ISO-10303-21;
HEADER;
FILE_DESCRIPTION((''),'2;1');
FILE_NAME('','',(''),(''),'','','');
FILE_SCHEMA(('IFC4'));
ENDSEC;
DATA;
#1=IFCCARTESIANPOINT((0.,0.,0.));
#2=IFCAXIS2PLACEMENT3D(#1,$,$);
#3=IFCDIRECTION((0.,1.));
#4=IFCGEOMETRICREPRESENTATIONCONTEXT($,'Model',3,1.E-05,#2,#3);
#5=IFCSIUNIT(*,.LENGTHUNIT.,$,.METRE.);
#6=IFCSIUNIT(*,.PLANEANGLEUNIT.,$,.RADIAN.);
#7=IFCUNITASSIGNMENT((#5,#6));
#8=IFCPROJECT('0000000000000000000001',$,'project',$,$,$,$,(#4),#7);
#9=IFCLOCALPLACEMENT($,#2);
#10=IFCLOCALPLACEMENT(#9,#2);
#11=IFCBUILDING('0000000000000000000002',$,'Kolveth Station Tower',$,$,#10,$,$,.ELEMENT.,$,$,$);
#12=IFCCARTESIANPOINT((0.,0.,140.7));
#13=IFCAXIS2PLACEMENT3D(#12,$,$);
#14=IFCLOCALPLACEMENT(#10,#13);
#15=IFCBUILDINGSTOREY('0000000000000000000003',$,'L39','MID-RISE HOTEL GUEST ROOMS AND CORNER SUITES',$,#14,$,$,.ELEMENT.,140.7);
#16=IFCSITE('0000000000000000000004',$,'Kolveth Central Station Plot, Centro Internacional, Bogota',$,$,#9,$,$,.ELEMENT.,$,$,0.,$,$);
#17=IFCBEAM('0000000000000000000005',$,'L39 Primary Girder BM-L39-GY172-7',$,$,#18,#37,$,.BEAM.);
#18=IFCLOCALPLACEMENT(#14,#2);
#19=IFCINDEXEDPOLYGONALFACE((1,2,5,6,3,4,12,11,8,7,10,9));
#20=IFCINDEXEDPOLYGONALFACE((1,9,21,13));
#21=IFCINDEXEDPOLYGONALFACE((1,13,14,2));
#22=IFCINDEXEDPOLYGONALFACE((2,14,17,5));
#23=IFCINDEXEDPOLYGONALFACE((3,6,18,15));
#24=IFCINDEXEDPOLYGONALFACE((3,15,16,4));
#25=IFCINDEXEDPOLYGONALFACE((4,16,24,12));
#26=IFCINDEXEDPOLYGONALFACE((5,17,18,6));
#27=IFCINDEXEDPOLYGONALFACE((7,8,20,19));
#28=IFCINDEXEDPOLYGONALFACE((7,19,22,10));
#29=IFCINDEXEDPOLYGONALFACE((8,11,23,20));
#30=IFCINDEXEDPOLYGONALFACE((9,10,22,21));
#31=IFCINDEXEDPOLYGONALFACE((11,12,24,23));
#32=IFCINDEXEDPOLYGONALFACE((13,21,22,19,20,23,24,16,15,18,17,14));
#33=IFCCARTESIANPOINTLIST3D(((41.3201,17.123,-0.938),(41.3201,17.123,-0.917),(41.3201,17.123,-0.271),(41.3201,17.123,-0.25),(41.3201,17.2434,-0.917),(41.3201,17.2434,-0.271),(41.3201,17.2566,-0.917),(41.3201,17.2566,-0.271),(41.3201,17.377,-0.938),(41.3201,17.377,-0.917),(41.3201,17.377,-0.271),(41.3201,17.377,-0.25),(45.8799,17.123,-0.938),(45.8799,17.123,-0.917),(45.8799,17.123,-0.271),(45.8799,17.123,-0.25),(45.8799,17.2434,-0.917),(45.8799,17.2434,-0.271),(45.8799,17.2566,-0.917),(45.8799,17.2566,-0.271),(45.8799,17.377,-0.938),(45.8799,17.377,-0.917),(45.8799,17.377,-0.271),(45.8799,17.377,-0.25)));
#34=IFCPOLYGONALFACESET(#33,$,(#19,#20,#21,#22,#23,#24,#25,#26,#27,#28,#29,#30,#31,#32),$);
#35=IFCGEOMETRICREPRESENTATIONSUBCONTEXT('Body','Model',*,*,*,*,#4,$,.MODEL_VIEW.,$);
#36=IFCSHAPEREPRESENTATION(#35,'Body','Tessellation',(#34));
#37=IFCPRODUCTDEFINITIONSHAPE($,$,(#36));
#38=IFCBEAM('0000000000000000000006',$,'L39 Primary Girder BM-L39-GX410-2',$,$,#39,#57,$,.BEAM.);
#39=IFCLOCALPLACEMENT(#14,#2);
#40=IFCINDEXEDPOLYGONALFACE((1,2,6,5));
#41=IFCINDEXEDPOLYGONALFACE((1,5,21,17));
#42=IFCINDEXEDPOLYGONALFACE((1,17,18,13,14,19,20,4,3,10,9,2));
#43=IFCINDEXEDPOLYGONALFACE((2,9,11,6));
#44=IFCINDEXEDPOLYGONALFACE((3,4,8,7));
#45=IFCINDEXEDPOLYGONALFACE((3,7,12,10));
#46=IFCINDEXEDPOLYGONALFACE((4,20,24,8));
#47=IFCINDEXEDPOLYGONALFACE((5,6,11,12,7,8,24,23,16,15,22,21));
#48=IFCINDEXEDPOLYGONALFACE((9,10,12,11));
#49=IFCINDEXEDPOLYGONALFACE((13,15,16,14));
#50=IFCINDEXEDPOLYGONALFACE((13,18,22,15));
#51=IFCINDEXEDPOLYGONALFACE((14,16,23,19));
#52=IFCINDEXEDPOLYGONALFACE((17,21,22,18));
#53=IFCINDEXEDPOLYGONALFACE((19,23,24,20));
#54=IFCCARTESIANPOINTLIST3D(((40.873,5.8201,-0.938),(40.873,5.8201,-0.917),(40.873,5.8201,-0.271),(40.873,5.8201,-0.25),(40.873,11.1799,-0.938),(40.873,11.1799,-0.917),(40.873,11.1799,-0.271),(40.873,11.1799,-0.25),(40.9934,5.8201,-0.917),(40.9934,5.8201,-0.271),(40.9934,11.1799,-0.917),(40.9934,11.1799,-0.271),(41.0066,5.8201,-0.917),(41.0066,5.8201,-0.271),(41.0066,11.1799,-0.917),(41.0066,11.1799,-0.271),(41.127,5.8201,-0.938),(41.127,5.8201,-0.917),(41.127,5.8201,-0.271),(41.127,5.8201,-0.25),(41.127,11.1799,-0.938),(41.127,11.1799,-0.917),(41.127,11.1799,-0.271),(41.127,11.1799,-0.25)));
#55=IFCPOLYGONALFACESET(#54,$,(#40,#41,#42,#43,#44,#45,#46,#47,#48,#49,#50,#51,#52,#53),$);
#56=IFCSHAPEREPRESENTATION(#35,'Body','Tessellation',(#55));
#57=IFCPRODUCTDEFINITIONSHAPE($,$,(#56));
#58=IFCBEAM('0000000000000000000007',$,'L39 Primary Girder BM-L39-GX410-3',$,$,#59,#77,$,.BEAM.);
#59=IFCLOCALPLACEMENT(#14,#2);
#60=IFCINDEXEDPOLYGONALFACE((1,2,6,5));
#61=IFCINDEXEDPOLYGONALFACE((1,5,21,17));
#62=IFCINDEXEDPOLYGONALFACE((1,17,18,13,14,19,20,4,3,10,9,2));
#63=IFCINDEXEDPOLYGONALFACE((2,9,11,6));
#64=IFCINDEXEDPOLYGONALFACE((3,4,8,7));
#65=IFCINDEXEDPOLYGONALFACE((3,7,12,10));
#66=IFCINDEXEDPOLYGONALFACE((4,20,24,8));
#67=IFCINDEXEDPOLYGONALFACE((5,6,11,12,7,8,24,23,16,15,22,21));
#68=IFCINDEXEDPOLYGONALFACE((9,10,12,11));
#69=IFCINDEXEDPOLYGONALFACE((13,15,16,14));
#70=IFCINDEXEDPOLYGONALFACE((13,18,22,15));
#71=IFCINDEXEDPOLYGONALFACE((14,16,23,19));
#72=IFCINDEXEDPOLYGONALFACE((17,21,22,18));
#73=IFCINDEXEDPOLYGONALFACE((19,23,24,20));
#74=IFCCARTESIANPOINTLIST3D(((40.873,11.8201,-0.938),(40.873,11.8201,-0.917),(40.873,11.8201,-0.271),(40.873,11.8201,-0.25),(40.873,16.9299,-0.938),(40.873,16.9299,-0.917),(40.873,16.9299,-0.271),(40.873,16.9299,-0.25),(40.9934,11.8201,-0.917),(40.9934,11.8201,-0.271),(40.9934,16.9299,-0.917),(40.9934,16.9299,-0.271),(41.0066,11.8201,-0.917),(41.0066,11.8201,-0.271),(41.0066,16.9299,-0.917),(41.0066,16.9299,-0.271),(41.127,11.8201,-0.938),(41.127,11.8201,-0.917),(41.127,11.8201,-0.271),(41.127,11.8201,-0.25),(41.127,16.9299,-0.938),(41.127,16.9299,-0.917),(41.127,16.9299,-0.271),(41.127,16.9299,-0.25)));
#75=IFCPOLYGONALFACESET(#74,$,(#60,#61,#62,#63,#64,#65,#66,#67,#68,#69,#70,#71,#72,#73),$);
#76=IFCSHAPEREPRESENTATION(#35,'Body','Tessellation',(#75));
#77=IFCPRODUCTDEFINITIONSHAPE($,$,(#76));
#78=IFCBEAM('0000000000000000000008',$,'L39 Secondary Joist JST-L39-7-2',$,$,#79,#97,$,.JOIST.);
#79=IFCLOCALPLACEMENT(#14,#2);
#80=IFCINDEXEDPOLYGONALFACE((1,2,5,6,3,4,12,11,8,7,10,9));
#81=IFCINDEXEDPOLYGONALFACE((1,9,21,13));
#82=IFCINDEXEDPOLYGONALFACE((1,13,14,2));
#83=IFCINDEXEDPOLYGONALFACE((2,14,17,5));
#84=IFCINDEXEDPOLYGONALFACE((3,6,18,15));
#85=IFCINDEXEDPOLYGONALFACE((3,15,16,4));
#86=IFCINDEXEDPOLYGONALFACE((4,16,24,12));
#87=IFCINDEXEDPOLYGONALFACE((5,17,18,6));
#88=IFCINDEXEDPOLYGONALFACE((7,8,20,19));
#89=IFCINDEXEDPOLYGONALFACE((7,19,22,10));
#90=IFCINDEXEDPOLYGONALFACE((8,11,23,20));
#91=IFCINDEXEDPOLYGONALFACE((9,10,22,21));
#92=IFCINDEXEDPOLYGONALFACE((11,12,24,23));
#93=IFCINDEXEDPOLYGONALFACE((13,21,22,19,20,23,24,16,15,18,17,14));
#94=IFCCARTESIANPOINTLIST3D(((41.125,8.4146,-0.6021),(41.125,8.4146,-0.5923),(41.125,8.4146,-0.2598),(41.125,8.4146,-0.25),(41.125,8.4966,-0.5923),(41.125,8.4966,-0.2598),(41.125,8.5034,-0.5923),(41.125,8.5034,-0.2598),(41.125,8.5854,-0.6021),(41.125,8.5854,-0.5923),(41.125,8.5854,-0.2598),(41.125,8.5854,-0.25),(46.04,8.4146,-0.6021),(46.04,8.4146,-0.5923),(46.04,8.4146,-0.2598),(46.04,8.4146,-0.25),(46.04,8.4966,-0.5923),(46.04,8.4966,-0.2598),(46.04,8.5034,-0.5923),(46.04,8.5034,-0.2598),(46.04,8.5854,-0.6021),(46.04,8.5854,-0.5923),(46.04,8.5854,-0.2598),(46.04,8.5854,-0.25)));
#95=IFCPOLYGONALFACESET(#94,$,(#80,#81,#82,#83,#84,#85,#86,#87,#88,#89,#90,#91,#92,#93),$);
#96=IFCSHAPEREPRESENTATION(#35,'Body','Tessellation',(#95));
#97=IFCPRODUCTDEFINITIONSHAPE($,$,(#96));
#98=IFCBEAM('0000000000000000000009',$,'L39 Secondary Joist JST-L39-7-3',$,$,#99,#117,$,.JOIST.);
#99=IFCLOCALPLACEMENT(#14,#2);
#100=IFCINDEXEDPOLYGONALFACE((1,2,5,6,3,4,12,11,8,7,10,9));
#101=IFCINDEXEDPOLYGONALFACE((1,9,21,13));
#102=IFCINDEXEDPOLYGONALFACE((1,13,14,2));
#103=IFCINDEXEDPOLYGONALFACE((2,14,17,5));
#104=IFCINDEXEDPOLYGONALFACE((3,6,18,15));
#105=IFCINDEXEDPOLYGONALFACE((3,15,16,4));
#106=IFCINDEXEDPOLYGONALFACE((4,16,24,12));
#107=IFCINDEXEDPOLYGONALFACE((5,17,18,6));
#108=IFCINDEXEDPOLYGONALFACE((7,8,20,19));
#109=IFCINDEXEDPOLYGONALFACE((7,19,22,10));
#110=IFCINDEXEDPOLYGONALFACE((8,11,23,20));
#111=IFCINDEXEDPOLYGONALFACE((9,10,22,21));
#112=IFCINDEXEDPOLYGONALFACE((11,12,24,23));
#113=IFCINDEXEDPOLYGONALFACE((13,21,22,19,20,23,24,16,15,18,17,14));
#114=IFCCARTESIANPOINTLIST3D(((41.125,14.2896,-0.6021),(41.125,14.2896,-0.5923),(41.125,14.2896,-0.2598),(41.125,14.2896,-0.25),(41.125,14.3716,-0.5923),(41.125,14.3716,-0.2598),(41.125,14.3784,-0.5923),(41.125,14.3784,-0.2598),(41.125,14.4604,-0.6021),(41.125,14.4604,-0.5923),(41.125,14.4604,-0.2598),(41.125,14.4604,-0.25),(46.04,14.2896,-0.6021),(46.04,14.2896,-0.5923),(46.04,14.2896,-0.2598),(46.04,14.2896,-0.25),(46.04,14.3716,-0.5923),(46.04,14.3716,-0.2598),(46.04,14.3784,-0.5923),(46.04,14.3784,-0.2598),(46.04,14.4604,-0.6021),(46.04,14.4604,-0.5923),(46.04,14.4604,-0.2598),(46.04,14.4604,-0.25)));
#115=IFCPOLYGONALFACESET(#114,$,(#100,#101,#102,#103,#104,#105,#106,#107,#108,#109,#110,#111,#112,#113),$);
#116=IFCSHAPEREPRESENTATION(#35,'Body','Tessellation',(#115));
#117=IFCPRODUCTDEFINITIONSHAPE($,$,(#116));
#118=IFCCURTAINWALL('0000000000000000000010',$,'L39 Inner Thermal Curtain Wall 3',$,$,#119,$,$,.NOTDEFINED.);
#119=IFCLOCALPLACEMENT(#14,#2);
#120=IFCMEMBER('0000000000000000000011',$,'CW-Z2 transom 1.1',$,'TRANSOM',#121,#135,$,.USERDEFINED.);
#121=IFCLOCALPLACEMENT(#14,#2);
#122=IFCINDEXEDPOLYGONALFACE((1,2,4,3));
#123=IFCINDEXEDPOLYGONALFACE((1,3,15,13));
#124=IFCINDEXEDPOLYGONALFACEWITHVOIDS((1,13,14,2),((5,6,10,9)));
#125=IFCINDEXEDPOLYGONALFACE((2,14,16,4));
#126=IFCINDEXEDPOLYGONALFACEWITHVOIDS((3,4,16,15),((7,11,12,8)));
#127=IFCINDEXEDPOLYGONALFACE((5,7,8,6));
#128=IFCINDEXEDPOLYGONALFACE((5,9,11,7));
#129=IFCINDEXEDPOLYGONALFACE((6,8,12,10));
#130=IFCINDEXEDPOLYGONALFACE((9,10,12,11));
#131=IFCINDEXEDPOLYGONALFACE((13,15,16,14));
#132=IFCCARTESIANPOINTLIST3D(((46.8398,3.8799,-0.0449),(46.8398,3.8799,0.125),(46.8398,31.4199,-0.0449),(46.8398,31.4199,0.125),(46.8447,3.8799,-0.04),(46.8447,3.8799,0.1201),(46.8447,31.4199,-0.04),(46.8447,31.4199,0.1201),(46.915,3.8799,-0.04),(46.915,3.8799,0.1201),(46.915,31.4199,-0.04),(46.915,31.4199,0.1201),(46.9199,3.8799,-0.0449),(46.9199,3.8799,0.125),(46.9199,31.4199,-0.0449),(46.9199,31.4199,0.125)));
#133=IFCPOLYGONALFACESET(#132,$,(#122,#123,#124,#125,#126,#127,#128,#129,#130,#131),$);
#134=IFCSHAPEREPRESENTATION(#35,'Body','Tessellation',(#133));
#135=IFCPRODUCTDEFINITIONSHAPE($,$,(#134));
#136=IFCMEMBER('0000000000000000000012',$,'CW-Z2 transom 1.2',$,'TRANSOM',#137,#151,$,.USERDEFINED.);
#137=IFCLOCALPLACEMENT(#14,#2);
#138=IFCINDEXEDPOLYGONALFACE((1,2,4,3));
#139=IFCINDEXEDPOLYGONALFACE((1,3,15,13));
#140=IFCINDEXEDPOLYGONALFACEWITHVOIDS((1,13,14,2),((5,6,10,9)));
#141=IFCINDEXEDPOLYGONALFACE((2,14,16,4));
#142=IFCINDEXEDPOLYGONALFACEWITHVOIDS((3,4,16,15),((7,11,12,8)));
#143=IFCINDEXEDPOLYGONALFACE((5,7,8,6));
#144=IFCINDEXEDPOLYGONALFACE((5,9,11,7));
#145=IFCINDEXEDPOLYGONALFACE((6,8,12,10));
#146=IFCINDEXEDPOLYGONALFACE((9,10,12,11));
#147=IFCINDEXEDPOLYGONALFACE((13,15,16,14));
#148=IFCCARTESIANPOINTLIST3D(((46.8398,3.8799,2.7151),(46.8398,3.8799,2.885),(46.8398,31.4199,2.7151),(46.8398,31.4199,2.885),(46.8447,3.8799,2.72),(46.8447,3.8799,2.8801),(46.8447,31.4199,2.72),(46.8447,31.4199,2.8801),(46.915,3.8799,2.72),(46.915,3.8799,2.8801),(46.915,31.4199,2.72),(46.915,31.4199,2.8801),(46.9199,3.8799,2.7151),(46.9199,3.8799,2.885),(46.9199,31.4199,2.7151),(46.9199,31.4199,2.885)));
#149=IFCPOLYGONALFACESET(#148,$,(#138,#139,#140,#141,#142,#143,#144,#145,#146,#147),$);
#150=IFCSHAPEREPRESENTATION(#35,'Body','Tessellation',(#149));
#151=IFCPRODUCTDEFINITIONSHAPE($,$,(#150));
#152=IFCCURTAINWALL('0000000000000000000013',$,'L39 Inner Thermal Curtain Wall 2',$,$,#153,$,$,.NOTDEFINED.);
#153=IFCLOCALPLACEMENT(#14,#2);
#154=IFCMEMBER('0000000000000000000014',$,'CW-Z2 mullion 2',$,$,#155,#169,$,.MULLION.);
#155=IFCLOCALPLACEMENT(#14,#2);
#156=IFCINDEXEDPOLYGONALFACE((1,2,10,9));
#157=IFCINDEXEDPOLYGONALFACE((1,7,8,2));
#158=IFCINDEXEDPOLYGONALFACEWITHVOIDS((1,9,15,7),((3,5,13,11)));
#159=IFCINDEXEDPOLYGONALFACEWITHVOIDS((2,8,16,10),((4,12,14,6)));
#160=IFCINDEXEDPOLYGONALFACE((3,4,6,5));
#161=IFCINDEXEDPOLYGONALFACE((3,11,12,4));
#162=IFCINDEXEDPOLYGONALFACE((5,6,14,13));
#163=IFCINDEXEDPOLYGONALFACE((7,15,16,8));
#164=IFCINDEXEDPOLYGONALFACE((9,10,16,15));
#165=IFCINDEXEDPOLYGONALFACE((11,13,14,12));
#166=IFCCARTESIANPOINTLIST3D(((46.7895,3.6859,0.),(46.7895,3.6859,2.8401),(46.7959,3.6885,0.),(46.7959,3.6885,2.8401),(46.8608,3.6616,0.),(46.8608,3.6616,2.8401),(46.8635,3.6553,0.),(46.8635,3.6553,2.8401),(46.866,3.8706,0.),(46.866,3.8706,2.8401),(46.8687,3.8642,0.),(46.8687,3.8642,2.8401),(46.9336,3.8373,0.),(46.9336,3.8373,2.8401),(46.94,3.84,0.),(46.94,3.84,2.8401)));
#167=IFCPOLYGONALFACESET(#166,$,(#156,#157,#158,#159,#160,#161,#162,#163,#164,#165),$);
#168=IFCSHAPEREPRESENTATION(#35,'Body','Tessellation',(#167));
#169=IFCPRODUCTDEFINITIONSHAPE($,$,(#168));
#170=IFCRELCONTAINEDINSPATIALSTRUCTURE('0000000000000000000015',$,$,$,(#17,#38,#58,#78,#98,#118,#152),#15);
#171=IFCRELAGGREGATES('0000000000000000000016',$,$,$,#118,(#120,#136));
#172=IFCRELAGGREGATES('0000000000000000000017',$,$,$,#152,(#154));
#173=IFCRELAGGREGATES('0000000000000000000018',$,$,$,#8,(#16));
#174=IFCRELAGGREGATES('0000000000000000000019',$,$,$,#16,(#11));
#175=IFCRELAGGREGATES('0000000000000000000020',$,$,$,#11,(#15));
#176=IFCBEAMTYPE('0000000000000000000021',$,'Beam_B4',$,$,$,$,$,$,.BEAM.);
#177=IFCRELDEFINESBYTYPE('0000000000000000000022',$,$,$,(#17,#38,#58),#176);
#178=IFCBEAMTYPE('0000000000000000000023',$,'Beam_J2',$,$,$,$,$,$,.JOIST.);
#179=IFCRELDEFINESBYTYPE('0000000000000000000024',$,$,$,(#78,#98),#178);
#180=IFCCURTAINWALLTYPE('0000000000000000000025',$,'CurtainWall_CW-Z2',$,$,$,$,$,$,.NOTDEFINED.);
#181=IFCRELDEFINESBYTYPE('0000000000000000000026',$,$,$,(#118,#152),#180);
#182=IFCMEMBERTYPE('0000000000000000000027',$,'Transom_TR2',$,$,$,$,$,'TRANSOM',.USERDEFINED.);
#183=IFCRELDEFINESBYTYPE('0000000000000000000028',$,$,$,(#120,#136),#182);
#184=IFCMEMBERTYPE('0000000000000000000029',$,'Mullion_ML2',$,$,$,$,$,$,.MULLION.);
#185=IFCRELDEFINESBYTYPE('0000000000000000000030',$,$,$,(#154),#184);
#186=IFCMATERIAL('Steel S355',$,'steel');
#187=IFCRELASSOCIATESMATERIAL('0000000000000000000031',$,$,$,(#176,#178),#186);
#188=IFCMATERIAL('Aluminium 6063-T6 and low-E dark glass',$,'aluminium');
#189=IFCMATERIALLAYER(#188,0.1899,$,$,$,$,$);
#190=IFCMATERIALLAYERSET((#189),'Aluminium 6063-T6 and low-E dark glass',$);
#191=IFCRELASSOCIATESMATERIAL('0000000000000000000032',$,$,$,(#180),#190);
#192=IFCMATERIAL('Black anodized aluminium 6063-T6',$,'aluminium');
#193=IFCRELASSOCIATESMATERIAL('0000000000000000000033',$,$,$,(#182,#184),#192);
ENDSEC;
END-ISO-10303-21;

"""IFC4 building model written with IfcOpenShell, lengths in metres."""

from ifc_helpers import new_model, si_unit, direction, frame, origin, origin_2d, place, context, subcontext, project, spatial, hollow_rectangle, i_section, extrude, source, transform, mapped, material, layer, layer_set, material_profile, profile_set, type_object, element, aggregate, save


model = new_model("IFC4")

# Units and contexts
model_context = context("Model", 3, precision=1e-05, world=origin(), true_north=direction((0.0, 1.0)))
body_context = subcontext(model_context, "Body", "Model", "MODEL_VIEW")
ifc_project = project(units=[si_unit("LENGTHUNIT", "METRE"), si_unit("PLANEANGLEUNIT", "RADIAN")], contexts=[model_context])

# Site, building, storey
site_placement = place(None, origin())
site = spatial("IfcSite", under=ifc_project, at=site_placement, Name="Kolveth Central Station Plot, Centro Internacional, Bogota", CompositionType="ELEMENT", RefElevation=0.0)
building_placement = place(site_placement, origin())
building = spatial("IfcBuilding", under=site, at=building_placement, Name="Kolveth Station Tower", CompositionType="ELEMENT")
storey_placement = place(building_placement, frame((0.0, 0.0, 140.7)))
storey = spatial("IfcBuildingStorey", under=building, at=storey_placement, Name="L39", Description="MID-RISE HOTEL GUEST ROOMS AND CORNER SUITES", CompositionType="ELEMENT", Elevation=140.7)

# Beams
ifc_material_1 = material(Name="Steel S355", Category="steel")
ifc_material_profile_1 = material_profile(ifc_material_1, i_section(OverallWidth=0.2539, OverallDepth=0.688, WebThickness=0.0132, FlangeThickness=0.021, at=origin_2d()), Name="W690x152")
ifc_profile_set_1 = profile_set([ifc_material_profile_1], Name="Steel S355")
beam_type_1 = type_object("IfcBeamType", Name="Beam_B4", PredefinedType="BEAM", material=ifc_profile_set_1)
shared_shape_1 = source(origin(), body_context, "Body", "SweptSolid", [
    extrude(i_section(OverallWidth=0.2539, OverallDepth=0.688, WebThickness=0.0132, FlangeThickness=0.021, at=origin_2d()), origin(), (0.0, 0.0, 1.0), 4.5598),
])
for number, where, z_axis, x_axis, name in (
    (1, (41.3201, 17.25, -0.594), (1.0, 0.0, 0.0), (0.0, 1.0, 0.0), "L39 Primary Girder BM-L39-GY172-7"),
):
    element("IfcBeam", number, at=place(storey_placement, frame(where, z_axis=z_axis, x_axis=x_axis)), inside=storey, type_object=beam_type_1, Name=name, PredefinedType="BEAM", context=body_context, shape_type="MappedRepresentation", body=[
        mapped(shared_shape_1, transform((0.0, 0.0, 0.0), x_axis=(1.0, 0.0, 0.0), y_axis=(0.0, 1.0, 0.0), z_axis=(0.0, 0.0, 1.0), scale=1.0)),
    ])
shared_shape_2 = source(origin(), body_context, "Body", "SweptSolid", [
    extrude(i_section(OverallWidth=0.2539, OverallDepth=0.688, WebThickness=0.0132, FlangeThickness=0.021, at=origin_2d()), origin(), (0.0, 0.0, 1.0), 5.3599),
])
beam_1_placement = place(storey_placement, frame((41.0, 5.8201, -0.594), z_axis=(0.0, 1.0, 0.0), x_axis=(-1.0, 0.0, 0.0)))
element("IfcBeam", 2, at=beam_1_placement, inside=storey, type_object=beam_type_1, Name="L39 Primary Girder BM-L39-GX410-2", PredefinedType="BEAM", context=body_context, shape_type="MappedRepresentation", body=[
    mapped(shared_shape_2, transform((0.0, 0.0, 0.0), x_axis=(1.0, 0.0, 0.0), y_axis=(0.0, 1.0, 0.0), z_axis=(0.0, 0.0, 1.0), scale=1.0)),
])
shared_shape_3 = source(origin(), body_context, "Body", "SweptSolid", [
    extrude(i_section(OverallWidth=0.2539, OverallDepth=0.688, WebThickness=0.0132, FlangeThickness=0.021, at=origin_2d()), origin(), (0.0, 0.0, 1.0), 5.1099),
])
beam_2_placement = place(storey_placement, frame((41.0, 11.8201, -0.594), z_axis=(0.0, 1.0, 0.0), x_axis=(-1.0, 0.0, 0.0)))
element("IfcBeam", 3, at=beam_2_placement, inside=storey, type_object=beam_type_1, Name="L39 Primary Girder BM-L39-GX410-3", PredefinedType="BEAM", context=body_context, shape_type="MappedRepresentation", body=[
    mapped(shared_shape_3, transform((0.0, 0.0, 0.0), x_axis=(1.0, 0.0, 0.0), y_axis=(0.0, 1.0, 0.0), z_axis=(0.0, 0.0, 1.0), scale=1.0)),
])
ifc_material_profile_2 = material_profile(ifc_material_1, i_section(OverallWidth=0.1709, OverallDepth=0.3521, WebThickness=0.0068, FlangeThickness=0.0098, at=origin_2d()), Name="W360x44")
ifc_profile_set_2 = profile_set([ifc_material_profile_2], Name="Steel S355")
beam_type_2 = type_object("IfcBeamType", Name="Beam_J2", PredefinedType="JOIST", material=ifc_profile_set_2)
shared_shape_4 = source(origin(), body_context, "Body", "SweptSolid", [
    extrude(i_section(OverallWidth=0.1709, OverallDepth=0.3521, WebThickness=0.0068, FlangeThickness=0.0098, at=origin_2d()), origin(), (0.0, 0.0, 1.0), 4.915),
])
for number, where, z_axis, x_axis, name in (
    (4, (41.125, 8.5, -0.426), (1.0, 0.0, 0.0), (0.0, 1.0, 0.0), "L39 Secondary Joist JST-L39-7-2"),
    (5, (41.125, 14.375, -0.426), (1.0, 0.0, 0.0), (0.0, 1.0, 0.0), "L39 Secondary Joist JST-L39-7-3"),
):
    element("IfcBeam", number, at=place(storey_placement, frame(where, z_axis=z_axis, x_axis=x_axis)), inside=storey, type_object=beam_type_2, Name=name, PredefinedType="JOIST", context=body_context, shape_type="MappedRepresentation", body=[
        mapped(shared_shape_4, transform((0.0, 0.0, 0.0), x_axis=(1.0, 0.0, 0.0), y_axis=(0.0, 1.0, 0.0), z_axis=(0.0, 0.0, 1.0), scale=1.0)),
    ])

# Curtain wall, members
ifc_material_2 = material(Name="Aluminium 6063-T6 and low-E dark glass", Category="aluminium")
ifc_layer_1 = layer(ifc_material_2, 0.1899)
ifc_layer_set_1 = layer_set([ifc_layer_1], Name="Aluminium 6063-T6 and low-E dark glass")
curtain_wall_type_1 = type_object("IfcCurtainWallType", Name="CurtainWall_CW-Z2", PredefinedType="NOTDEFINED", material=ifc_layer_set_1)
curtain_wall_1_placement = place(storey_placement, origin())
curtain_wall_1 = element("IfcCurtainWall", 6, at=curtain_wall_1_placement, inside=storey, type_object=curtain_wall_type_1, Name="L39 Inner Thermal Curtain Wall 3", PredefinedType="NOTDEFINED")
ifc_material_3 = material(Name="Black anodized aluminium 6063-T6", Category="aluminium")
ifc_material_profile_3 = material_profile(ifc_material_3, hollow_rectangle(XDim=0.0801, YDim=0.1699, WallThickness=0.0049, at=origin_2d()), Name="ALU-80x170x5")
ifc_profile_set_3 = profile_set([ifc_material_profile_3], Name="Black anodized aluminium 6063-T6")
member_type_1 = type_object("IfcMemberType", Name="Transom_TR2", ElementType="TRANSOM", PredefinedType="USERDEFINED", material=ifc_profile_set_3)
shared_shape_5 = source(origin(), body_context, "Body", "SweptSolid", [
    extrude(hollow_rectangle(XDim=0.0801, YDim=0.1699, WallThickness=0.0049, at=origin_2d()), origin(), (0.0, 0.0, 1.0), 27.54),
])
member_1_placement = place(storey_placement, frame((46.8799, 3.8799, 0.04), z_axis=(0.0, 1.0, 0.0), x_axis=(-1.0, 0.0, 0.0)))
member_1 = element("IfcMember", 7, at=member_1_placement, type_object=member_type_1, Name="CW-Z2 transom 1.1", ObjectType="TRANSOM", PredefinedType="USERDEFINED", context=body_context, shape_type="MappedRepresentation", body=[
    mapped(shared_shape_5, transform((0.0, 0.0, 0.0), x_axis=(1.0, 0.0, 0.0), y_axis=(0.0, 1.0, 0.0), z_axis=(0.0, 0.0, 1.0), scale=1.0)),
])
member_2_placement = place(storey_placement, frame((46.8799, 3.8799, 2.8), z_axis=(0.0, 1.0, 0.0), x_axis=(-1.0, 0.0, 0.0)))
member_2 = element("IfcMember", 8, at=member_2_placement, type_object=member_type_1, Name="CW-Z2 transom 1.2", ObjectType="TRANSOM", PredefinedType="USERDEFINED", context=body_context, shape_type="MappedRepresentation", body=[
    mapped(shared_shape_5, transform((0.0, 0.0, 0.0), x_axis=(1.0, 0.0, 0.0), y_axis=(0.0, 1.0, 0.0), z_axis=(0.0, 0.0, 1.0), scale=1.0)),
])

# Curtain wall, member
curtain_wall_2_placement = place(storey_placement, origin())
curtain_wall_2 = element("IfcCurtainWall", 9, at=curtain_wall_2_placement, inside=storey, type_object=curtain_wall_type_1, Name="L39 Inner Thermal Curtain Wall 2", PredefinedType="NOTDEFINED")
ifc_material_profile_4 = material_profile(ifc_material_3, hollow_rectangle(XDim=0.0801, YDim=0.2, WallThickness=0.0049, at=origin_2d()), Name="ALU-80x200x5")
ifc_profile_set_4 = profile_set([ifc_material_profile_4], Name="Black anodized aluminium 6063-T6")
member_type_2 = type_object("IfcMemberType", Name="Mullion_ML2", PredefinedType="MULLION", material=ifc_profile_set_4)
shared_shape_6 = source(origin(), body_context, "Body", "SweptSolid", [
    extrude(hollow_rectangle(XDim=0.0801, YDim=0.2, WallThickness=0.0049, at=origin_2d()), origin(), (0.0, 0.0, 1.0), 2.8401),
])
member_3_placement = place(storey_placement, frame((46.8647, 3.7629, 0.0), z_axis=(0.0, 0.0, 1.0), x_axis=(-0.923888, 0.382663, 0.0)))
member_3 = element("IfcMember", 10, at=member_3_placement, type_object=member_type_2, Name="CW-Z2 mullion 2", PredefinedType="MULLION", context=body_context, shape_type="MappedRepresentation", body=[
    mapped(shared_shape_6, transform((0.0, 0.0, 0.0), x_axis=(1.0, 0.0, 0.0), y_axis=(0.0, 1.0, 0.0), z_axis=(0.0, 0.0, 1.0), scale=1.0)),
])

aggregate(curtain_wall_1, [member_1, member_2])

aggregate(curtain_wall_2, [member_3])

save(model, "model.ifc")
